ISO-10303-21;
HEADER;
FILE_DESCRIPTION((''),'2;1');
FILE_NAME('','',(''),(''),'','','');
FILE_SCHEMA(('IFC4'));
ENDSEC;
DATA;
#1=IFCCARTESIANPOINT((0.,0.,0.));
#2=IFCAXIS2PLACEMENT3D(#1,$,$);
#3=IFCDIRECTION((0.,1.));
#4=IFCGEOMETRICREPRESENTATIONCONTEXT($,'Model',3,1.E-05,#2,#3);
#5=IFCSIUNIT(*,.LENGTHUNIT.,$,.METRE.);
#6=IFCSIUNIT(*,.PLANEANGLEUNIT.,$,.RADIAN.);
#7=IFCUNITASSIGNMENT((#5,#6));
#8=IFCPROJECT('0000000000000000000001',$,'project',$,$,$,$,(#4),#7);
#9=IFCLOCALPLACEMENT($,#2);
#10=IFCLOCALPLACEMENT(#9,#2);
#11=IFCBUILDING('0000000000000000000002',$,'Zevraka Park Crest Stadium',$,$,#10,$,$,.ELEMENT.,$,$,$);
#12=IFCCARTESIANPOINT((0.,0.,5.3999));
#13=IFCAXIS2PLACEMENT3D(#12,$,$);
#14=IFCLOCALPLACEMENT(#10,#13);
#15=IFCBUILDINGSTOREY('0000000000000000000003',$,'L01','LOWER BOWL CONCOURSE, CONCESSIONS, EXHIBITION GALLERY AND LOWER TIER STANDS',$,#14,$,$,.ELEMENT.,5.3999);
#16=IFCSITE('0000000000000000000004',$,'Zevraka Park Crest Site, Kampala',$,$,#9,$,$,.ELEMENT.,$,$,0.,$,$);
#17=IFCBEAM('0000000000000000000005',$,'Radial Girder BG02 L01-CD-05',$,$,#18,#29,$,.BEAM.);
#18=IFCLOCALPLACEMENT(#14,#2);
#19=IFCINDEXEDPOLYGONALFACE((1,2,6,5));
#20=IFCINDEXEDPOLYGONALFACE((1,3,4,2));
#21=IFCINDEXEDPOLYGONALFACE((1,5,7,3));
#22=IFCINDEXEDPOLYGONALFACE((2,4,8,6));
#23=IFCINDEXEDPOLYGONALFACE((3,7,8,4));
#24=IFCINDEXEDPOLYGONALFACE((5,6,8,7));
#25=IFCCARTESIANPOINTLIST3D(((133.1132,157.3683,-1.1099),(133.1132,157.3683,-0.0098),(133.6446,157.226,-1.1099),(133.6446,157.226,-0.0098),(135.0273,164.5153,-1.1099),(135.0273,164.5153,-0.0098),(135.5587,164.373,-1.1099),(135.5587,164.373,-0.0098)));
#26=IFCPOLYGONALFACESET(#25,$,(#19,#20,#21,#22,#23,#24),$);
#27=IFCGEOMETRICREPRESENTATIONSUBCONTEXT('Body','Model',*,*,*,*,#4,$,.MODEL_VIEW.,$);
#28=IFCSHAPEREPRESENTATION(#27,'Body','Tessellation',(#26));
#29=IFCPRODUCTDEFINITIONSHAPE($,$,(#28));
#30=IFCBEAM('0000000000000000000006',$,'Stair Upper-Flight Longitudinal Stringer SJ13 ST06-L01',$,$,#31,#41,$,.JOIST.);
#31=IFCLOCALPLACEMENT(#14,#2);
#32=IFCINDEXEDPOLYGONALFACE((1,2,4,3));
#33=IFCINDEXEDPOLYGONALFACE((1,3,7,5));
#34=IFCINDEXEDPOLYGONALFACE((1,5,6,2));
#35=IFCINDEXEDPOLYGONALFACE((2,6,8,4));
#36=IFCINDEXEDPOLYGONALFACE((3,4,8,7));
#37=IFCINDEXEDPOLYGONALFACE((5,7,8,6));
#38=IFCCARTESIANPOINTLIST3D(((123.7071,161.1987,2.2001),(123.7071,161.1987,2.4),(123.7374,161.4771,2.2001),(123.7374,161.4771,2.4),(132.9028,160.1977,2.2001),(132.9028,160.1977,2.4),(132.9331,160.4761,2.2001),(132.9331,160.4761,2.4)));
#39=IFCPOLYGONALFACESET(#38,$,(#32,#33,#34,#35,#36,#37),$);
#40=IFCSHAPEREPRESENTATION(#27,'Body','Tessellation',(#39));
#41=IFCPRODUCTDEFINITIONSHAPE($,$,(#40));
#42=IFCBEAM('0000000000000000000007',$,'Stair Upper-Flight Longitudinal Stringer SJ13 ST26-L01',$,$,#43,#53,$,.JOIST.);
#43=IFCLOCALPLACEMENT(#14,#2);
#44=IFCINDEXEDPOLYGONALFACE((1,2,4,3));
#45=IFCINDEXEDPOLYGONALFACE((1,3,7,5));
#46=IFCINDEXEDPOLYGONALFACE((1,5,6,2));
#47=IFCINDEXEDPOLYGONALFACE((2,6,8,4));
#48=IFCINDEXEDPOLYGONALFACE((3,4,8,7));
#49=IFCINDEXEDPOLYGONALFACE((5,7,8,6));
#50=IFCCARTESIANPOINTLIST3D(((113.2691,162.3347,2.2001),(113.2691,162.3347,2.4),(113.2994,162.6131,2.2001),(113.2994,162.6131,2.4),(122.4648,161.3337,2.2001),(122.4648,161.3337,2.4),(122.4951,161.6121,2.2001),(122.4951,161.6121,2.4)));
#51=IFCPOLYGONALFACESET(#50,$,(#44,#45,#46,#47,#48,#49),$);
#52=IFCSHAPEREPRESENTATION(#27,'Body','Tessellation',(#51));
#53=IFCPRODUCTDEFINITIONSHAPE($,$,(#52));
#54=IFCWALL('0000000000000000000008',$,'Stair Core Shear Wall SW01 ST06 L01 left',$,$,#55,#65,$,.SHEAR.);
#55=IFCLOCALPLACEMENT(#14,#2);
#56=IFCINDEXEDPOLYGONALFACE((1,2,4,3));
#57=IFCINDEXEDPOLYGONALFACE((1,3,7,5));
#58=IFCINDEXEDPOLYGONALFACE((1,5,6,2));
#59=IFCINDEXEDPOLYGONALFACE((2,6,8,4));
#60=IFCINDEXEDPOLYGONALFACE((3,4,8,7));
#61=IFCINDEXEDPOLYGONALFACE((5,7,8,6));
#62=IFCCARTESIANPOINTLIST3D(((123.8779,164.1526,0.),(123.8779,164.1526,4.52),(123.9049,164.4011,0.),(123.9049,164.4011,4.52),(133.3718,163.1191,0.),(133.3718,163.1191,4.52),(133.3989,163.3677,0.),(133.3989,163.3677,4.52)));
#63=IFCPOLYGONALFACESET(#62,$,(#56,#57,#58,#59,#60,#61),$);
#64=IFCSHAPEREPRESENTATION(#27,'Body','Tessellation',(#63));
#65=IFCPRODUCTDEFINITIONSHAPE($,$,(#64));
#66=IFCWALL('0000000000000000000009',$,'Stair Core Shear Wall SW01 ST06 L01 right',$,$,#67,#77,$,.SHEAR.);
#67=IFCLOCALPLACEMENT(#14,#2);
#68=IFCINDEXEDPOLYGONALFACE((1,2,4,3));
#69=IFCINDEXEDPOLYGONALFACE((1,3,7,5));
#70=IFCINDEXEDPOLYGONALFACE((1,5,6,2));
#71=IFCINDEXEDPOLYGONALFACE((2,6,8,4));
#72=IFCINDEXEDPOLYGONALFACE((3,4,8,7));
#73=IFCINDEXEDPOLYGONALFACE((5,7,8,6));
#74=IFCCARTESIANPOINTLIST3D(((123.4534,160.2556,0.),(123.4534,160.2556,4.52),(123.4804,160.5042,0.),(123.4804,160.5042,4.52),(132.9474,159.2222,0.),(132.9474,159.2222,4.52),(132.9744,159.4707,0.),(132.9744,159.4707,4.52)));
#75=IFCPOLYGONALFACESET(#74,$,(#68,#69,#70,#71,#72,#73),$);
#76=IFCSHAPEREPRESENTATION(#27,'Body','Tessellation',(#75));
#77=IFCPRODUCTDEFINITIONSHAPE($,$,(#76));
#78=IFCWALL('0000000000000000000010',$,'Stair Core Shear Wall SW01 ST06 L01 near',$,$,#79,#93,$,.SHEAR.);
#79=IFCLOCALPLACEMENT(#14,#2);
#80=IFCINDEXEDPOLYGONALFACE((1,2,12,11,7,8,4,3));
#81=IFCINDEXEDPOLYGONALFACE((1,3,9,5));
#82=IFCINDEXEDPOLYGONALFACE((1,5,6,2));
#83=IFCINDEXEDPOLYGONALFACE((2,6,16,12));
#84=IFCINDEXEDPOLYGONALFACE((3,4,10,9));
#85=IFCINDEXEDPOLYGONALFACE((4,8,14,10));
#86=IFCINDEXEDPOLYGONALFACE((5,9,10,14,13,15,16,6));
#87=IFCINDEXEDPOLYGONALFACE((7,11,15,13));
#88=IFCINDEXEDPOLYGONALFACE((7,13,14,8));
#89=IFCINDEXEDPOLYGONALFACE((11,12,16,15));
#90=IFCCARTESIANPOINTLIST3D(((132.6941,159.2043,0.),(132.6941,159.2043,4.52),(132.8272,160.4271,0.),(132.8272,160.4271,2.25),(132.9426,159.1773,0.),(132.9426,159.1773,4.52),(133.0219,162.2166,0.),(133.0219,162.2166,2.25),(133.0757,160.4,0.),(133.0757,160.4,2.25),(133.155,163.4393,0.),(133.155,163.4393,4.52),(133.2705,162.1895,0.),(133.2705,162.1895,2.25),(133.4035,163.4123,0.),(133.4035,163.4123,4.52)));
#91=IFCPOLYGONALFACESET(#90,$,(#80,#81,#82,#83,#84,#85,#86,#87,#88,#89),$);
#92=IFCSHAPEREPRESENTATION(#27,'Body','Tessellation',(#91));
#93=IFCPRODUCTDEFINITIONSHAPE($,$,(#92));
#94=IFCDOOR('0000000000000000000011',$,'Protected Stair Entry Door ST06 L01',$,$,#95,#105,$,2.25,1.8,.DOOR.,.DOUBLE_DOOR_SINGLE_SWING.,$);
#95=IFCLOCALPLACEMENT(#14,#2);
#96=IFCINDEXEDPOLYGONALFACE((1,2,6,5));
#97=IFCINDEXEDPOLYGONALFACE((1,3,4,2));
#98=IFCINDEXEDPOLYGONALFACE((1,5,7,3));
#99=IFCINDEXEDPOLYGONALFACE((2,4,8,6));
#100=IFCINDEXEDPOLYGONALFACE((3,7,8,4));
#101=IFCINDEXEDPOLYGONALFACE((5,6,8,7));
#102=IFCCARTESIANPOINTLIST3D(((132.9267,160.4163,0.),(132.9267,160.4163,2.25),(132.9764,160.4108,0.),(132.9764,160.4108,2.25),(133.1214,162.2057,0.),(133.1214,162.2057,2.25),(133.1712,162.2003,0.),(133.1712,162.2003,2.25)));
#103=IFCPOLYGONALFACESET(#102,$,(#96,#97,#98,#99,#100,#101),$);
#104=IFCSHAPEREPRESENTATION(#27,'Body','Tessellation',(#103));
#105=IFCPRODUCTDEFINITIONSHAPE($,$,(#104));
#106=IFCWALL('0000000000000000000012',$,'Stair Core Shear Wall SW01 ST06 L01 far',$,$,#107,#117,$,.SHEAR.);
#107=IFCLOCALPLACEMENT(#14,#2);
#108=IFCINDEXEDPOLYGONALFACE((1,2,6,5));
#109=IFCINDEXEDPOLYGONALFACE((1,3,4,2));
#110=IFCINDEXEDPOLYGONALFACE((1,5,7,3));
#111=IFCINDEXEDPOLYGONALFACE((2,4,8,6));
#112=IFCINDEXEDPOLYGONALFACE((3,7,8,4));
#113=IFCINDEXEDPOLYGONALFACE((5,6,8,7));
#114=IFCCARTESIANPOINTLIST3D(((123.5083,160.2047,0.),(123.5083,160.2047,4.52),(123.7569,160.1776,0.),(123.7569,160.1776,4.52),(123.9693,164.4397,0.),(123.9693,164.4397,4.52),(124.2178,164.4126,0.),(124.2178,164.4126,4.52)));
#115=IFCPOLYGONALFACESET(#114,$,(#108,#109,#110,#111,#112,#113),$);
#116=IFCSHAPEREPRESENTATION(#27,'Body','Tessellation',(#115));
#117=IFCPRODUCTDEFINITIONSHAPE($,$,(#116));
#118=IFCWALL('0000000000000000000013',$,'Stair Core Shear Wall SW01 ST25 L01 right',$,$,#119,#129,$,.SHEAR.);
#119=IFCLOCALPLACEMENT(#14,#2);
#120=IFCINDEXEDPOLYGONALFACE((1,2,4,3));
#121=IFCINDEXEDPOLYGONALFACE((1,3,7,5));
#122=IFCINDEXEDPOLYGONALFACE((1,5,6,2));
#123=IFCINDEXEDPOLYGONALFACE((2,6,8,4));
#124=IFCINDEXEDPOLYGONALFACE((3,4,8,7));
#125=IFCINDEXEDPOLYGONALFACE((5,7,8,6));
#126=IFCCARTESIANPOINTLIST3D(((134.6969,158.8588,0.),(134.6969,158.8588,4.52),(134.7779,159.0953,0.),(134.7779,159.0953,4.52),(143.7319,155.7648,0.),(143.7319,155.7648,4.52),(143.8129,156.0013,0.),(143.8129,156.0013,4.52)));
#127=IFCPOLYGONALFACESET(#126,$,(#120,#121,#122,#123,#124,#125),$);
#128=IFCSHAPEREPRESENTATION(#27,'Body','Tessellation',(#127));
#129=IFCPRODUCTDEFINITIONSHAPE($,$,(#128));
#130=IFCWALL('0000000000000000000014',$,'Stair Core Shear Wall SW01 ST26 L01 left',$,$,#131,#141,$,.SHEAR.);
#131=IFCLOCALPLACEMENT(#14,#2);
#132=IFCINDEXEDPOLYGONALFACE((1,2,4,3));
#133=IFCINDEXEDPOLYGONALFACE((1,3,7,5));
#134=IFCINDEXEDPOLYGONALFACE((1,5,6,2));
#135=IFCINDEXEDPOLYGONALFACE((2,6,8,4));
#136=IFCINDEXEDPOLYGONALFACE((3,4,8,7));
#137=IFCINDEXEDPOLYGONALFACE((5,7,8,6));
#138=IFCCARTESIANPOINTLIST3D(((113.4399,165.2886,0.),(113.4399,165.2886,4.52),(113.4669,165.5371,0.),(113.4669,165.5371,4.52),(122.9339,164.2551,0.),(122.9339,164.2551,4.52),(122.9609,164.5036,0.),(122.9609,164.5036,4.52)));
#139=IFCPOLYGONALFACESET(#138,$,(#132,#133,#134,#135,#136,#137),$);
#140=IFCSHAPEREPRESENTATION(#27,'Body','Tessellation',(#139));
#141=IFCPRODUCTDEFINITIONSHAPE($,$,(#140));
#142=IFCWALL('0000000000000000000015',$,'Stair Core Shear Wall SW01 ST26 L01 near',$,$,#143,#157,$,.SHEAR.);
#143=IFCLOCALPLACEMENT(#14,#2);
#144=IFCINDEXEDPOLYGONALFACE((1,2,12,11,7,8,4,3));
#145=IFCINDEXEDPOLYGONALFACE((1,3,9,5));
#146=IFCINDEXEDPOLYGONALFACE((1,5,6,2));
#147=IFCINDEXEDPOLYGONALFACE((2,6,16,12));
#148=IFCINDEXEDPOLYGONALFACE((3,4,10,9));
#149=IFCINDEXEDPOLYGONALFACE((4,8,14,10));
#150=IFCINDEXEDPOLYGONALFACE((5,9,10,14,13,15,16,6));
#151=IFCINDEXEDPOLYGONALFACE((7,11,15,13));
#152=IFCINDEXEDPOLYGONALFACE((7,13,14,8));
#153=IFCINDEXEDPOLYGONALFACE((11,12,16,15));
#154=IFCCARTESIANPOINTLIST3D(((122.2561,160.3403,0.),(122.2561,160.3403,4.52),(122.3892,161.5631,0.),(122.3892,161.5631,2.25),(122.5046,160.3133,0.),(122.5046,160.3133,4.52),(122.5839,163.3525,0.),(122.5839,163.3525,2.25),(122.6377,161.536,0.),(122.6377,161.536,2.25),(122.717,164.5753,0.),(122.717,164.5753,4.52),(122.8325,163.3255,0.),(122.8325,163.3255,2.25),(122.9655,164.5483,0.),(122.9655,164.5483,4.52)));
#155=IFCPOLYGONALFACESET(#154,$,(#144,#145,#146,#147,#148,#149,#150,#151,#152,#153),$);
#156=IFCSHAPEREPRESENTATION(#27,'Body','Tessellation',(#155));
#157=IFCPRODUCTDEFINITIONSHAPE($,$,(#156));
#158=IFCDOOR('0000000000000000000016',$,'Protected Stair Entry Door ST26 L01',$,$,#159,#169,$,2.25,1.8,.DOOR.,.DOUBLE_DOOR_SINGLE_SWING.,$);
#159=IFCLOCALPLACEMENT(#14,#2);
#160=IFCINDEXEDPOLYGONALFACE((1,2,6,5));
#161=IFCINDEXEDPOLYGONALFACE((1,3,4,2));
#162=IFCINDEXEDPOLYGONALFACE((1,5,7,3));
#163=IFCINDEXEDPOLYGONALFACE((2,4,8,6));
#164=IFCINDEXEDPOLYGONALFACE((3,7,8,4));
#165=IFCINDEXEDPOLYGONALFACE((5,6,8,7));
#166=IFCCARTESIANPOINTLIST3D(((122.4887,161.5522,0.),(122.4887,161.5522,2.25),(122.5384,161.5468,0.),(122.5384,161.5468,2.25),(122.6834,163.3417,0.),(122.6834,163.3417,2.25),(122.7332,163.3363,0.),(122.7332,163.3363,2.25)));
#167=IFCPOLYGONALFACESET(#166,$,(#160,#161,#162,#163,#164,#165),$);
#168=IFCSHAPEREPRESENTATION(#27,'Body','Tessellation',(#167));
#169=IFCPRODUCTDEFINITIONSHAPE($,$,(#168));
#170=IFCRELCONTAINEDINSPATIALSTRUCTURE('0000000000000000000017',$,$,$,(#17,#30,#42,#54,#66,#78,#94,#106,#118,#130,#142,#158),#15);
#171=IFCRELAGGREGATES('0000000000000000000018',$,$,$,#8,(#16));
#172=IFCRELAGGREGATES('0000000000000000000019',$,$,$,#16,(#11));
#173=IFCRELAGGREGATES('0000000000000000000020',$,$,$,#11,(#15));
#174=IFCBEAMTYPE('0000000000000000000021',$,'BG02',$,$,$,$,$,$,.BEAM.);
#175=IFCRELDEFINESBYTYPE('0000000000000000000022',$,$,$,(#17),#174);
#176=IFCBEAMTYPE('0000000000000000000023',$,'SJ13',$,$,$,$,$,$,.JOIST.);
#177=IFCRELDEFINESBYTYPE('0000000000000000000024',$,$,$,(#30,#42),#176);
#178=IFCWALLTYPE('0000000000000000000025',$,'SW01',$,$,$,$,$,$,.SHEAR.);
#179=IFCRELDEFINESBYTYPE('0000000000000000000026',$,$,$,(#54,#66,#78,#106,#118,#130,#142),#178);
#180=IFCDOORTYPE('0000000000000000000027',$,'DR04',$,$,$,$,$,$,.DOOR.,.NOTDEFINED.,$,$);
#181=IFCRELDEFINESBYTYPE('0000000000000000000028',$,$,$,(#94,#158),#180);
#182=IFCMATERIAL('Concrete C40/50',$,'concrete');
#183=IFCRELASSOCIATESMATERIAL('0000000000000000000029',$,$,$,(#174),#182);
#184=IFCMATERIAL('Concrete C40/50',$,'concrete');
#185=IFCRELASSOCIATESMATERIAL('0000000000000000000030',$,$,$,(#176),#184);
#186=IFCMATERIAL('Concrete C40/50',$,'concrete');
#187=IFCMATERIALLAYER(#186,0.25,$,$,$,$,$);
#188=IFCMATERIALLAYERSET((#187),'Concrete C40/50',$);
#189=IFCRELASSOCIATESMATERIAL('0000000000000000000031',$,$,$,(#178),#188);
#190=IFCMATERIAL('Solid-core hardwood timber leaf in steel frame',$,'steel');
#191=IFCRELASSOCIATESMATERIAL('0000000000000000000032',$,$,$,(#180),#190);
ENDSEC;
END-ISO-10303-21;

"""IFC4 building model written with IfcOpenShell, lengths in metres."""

from ifc_helpers import new_model, si_unit, direction, frame, frame_2d, origin, origin_2d, place, context, subcontext, project, spatial, rectangle, extrude, material, layer, layer_set, material_profile, profile_set, type_object, element, fill, save


model = new_model("IFC4")

# Units and contexts
model_context = context("Model", 3, precision=1e-05, world=origin(), true_north=direction((0.0, 1.0)))
body_context = subcontext(model_context, "Body", "Model", "MODEL_VIEW")
ifc_project = project(units=[si_unit("LENGTHUNIT", "METRE"), si_unit("PLANEANGLEUNIT", "RADIAN")], contexts=[model_context])

# Site, building, storey
site_placement = place(None, origin())
site = spatial("IfcSite", under=ifc_project, at=site_placement, Name="Zevraka Park Crest Site, Kampala", CompositionType="ELEMENT", RefElevation=0.0)
building_placement = place(site_placement, origin())
building = spatial("IfcBuilding", under=site, at=building_placement, Name="Zevraka Park Crest Stadium", CompositionType="ELEMENT")
storey_placement = place(building_placement, frame((0.0, 0.0, 5.3999)))
storey = spatial("IfcBuildingStorey", under=building, at=storey_placement, Name="L01", Description="LOWER BOWL CONCOURSE, CONCESSIONS, EXHIBITION GALLERY AND LOWER TIER STANDS", CompositionType="ELEMENT", Elevation=5.3999)

# Beams
ifc_material_1 = material(Name="Concrete C40/50", Category="concrete")
ifc_material_profile_1 = material_profile(ifc_material_1, rectangle(XDim=0.55, YDim=1.1001, at=origin_2d()), Name="RC 1100x550")
ifc_profile_set_1 = profile_set([ifc_material_profile_1], Name="Concrete C40/50")
beam_type_1 = type_object("IfcBeamType", Name="BG02", PredefinedType="BEAM", material=ifc_profile_set_1)
beam_placement = place(storey_placement, frame((133.3789, 157.2971, -0.5598), z_axis=(0.258698, 0.965958, 0.0), x_axis=(-0.965958, 0.258698, 0.0)))
element("IfcBeam", 1, at=beam_placement, inside=storey, type_object=beam_type_1, Name="Radial Girder BG02 L01-CD-05", PredefinedType="BEAM", context=body_context, shape_type="SweptSolid", body=[
    extrude(rectangle(XDim=0.55, YDim=1.1001, at=origin_2d()), origin(), (0.0, 0.0, 1.0), 7.3989),
])
ifc_material_2 = material(Name="Concrete C40/50", Category="concrete")
ifc_material_profile_2 = material_profile(ifc_material_2, rectangle(XDim=0.28, YDim=0.2, at=origin_2d()), Name="RC 200x280")
ifc_profile_set_2 = profile_set([ifc_material_profile_2], Name="Concrete C40/50")
beam_type_2 = type_object("IfcBeamType", Name="SJ13", PredefinedType="JOIST", material=ifc_profile_set_2)
for number, where, z_axis, x_axis, name in (
    (2, (132.918, 160.3369, 2.3), (-0.994128, 0.108212, 0.0), (-0.108212, -0.994128, 0.0), "Stair Upper-Flight Longitudinal Stringer SJ13 ST06-L01"),
    (3, (122.48, 161.4729, 2.3), (-0.994128, 0.108212, 0.0), (-0.108212, -0.994128, 0.0), "Stair Upper-Flight Longitudinal Stringer SJ13 ST26-L01"),
):
    element("IfcBeam", number, at=place(storey_placement, frame(where, z_axis=z_axis, x_axis=x_axis)), inside=storey, type_object=beam_type_2, Name=name, PredefinedType="JOIST", context=body_context, shape_type="SweptSolid", body=[
        extrude(rectangle(XDim=0.28, YDim=0.2, at=origin_2d()), origin(), (0.0, 0.0, 1.0), 9.25),
    ])

# Walls
ifc_material_3 = material(Name="Concrete C40/50", Category="concrete")
ifc_layer = layer(ifc_material_3, 0.25)
ifc_layer_set = layer_set([ifc_layer], Name="Concrete C40/50")
wall_type = type_object("IfcWallType", Name="SW01", PredefinedType="SHEAR", material=ifc_layer_set)
for number, where, z_axis, x_axis, name in (
    (4, (133.3853, 163.2434, 0.0), (0.0, 0.0, 1.0), (-0.994128, 0.108215, 0.0), "Stair Core Shear Wall SW01 ST06 L01 left"),
    (5, (123.467, 160.3799, 0.0), (0.0, 0.0, 1.0), (0.994128, -0.108215, 0.0), "Stair Core Shear Wall SW01 ST06 L01 right"),
):
    element("IfcWall", number, at=place(storey_placement, frame(where, z_axis=z_axis, x_axis=x_axis)), inside=storey, type_object=wall_type, Name=name, PredefinedType="SHEAR", context=body_context, shape_type="SweptSolid", body=[
        extrude(rectangle(XDim=9.55, YDim=0.25, at=frame_2d((4.7749, 0.0))), origin(), (0.0, 0.0, 1.0), 4.52),
    ])

# Wall, opening, door
wall_1_placement = place(storey_placement, frame((132.8184, 159.1909, 0.0), z_axis=(0.0, 0.0, 1.0), x_axis=(0.108198, 0.994129, 0.0)))
wall_1 = element("IfcWall", 6, at=wall_1_placement, inside=storey, type_object=wall_type, Name="Stair Core Shear Wall SW01 ST06 L01 near", PredefinedType="SHEAR", context=body_context, shape_type="SweptSolid", body=[
    extrude(rectangle(XDim=4.26, YDim=0.25, at=frame_2d((2.1299, 0.0))), origin(), (0.0, 0.0, 1.0), 4.52),
])
opening_1_placement = place(wall_1_placement, frame((1.23, 0.0, 0.0)))
opening_1 = element("IfcOpeningElement", 7, at=opening_1_placement, cuts=wall_1, PredefinedType="OPENING", context=body_context, shape_type="SweptSolid", body=[
    extrude(rectangle(XDim=1.8, YDim=2.25, at=frame_2d((0.8999, 1.125))), frame((0.0, 0.135, 0.0), z_axis=(0.0, -1.0, 0.0), x_axis=(1.0, 0.0, 0.0)), (0.0, 0.0, 1.0), 0.27),
])
ifc_material_4 = material(Name="Solid-core hardwood timber leaf in steel frame", Category="steel")
door_type = type_object("IfcDoorType", Name="DR04", OperationType="NOTDEFINED", PredefinedType="DOOR", material=ifc_material_4)
door_1_placement = place(opening_1_placement, origin())
door_1 = element("IfcDoor", 8, at=door_1_placement, inside=storey, type_object=door_type, Name="Protected Stair Entry Door ST06 L01", OperationType="DOUBLE_DOOR_SINGLE_SWING", OverallHeight=2.25, OverallWidth=1.8, PredefinedType="DOOR", context=body_context, shape_type="SweptSolid", body=[
    extrude(rectangle(XDim=1.8, YDim=2.25, at=frame_2d((0.8999, 1.125))), frame((0.0, 0.0249, 0.0), z_axis=(0.0, -1.0, 0.0), x_axis=(1.0, 0.0, 0.0)), (0.0, 0.0, 1.0), 0.05),
])
fill(opening_1, door_1)

# Walls
wall_2_placement = place(storey_placement, frame((124.0935, 164.426, 0.0), z_axis=(0.0, 0.0, 1.0), x_axis=(-0.108198, -0.994129, 0.0)))
element("IfcWall", 9, at=wall_2_placement, inside=storey, type_object=wall_type, Name="Stair Core Shear Wall SW01 ST06 L01 far", PredefinedType="SHEAR", context=body_context, shape_type="SweptSolid", body=[
    extrude(rectangle(XDim=4.26, YDim=0.25, at=frame_2d((2.1299, 0.0))), origin(), (0.0, 0.0, 1.0), 4.52),
])
for number, where, z_axis, x_axis, name in (
    (10, (134.7375, 158.9771, 0.0), (0.0, 0.0, 1.0), (0.946064, -0.323979, 0.0), "Stair Core Shear Wall SW01 ST25 L01 right"),
    (11, (122.9473, 164.3794, 0.0), (0.0, 0.0, 1.0), (-0.994128, 0.108215, 0.0), "Stair Core Shear Wall SW01 ST26 L01 left"),
):
    element("IfcWall", number, at=place(storey_placement, frame(where, z_axis=z_axis, x_axis=x_axis)), inside=storey, type_object=wall_type, Name=name, PredefinedType="SHEAR", context=body_context, shape_type="SweptSolid", body=[
        extrude(rectangle(XDim=9.55, YDim=0.25, at=frame_2d((4.7749, 0.0))), origin(), (0.0, 0.0, 1.0), 4.52),
    ])

# Wall, opening, door
wall_3_placement = place(storey_placement, frame((122.3804, 160.3269, 0.0), z_axis=(0.0, 0.0, 1.0), x_axis=(0.108198, 0.994129, 0.0)))
wall_3 = element("IfcWall", 12, at=wall_3_placement, inside=storey, type_object=wall_type, Name="Stair Core Shear Wall SW01 ST26 L01 near", PredefinedType="SHEAR", context=body_context, shape_type="SweptSolid", body=[
    extrude(rectangle(XDim=4.26, YDim=0.25, at=frame_2d((2.1299, 0.0))), origin(), (0.0, 0.0, 1.0), 4.52),
])
opening_2_placement = place(wall_3_placement, frame((1.23, 0.0, 0.0)))
opening_2 = element("IfcOpeningElement", 13, at=opening_2_placement, cuts=wall_3, PredefinedType="OPENING", context=body_context, shape_type="SweptSolid", body=[
    extrude(rectangle(XDim=1.8, YDim=2.25, at=frame_2d((0.8999, 1.125))), frame((0.0, 0.135, 0.0), z_axis=(0.0, -1.0, 0.0), x_axis=(1.0, 0.0, 0.0)), (0.0, 0.0, 1.0), 0.27),
])
door_2_placement = place(opening_2_placement, origin())
door_2 = element("IfcDoor", 14, at=door_2_placement, inside=storey, type_object=door_type, Name="Protected Stair Entry Door ST26 L01", OperationType="DOUBLE_DOOR_SINGLE_SWING", OverallHeight=2.25, OverallWidth=1.8, PredefinedType="DOOR", context=body_context, shape_type="SweptSolid", body=[
    extrude(rectangle(XDim=1.8, YDim=2.25, at=frame_2d((0.8999, 1.125))), frame((0.0, 0.0249, 0.0), z_axis=(0.0, -1.0, 0.0), x_axis=(1.0, 0.0, 0.0)), (0.0, 0.0, 1.0), 0.05),
])
fill(opening_2, door_2)

save(model, "model.ifc")
